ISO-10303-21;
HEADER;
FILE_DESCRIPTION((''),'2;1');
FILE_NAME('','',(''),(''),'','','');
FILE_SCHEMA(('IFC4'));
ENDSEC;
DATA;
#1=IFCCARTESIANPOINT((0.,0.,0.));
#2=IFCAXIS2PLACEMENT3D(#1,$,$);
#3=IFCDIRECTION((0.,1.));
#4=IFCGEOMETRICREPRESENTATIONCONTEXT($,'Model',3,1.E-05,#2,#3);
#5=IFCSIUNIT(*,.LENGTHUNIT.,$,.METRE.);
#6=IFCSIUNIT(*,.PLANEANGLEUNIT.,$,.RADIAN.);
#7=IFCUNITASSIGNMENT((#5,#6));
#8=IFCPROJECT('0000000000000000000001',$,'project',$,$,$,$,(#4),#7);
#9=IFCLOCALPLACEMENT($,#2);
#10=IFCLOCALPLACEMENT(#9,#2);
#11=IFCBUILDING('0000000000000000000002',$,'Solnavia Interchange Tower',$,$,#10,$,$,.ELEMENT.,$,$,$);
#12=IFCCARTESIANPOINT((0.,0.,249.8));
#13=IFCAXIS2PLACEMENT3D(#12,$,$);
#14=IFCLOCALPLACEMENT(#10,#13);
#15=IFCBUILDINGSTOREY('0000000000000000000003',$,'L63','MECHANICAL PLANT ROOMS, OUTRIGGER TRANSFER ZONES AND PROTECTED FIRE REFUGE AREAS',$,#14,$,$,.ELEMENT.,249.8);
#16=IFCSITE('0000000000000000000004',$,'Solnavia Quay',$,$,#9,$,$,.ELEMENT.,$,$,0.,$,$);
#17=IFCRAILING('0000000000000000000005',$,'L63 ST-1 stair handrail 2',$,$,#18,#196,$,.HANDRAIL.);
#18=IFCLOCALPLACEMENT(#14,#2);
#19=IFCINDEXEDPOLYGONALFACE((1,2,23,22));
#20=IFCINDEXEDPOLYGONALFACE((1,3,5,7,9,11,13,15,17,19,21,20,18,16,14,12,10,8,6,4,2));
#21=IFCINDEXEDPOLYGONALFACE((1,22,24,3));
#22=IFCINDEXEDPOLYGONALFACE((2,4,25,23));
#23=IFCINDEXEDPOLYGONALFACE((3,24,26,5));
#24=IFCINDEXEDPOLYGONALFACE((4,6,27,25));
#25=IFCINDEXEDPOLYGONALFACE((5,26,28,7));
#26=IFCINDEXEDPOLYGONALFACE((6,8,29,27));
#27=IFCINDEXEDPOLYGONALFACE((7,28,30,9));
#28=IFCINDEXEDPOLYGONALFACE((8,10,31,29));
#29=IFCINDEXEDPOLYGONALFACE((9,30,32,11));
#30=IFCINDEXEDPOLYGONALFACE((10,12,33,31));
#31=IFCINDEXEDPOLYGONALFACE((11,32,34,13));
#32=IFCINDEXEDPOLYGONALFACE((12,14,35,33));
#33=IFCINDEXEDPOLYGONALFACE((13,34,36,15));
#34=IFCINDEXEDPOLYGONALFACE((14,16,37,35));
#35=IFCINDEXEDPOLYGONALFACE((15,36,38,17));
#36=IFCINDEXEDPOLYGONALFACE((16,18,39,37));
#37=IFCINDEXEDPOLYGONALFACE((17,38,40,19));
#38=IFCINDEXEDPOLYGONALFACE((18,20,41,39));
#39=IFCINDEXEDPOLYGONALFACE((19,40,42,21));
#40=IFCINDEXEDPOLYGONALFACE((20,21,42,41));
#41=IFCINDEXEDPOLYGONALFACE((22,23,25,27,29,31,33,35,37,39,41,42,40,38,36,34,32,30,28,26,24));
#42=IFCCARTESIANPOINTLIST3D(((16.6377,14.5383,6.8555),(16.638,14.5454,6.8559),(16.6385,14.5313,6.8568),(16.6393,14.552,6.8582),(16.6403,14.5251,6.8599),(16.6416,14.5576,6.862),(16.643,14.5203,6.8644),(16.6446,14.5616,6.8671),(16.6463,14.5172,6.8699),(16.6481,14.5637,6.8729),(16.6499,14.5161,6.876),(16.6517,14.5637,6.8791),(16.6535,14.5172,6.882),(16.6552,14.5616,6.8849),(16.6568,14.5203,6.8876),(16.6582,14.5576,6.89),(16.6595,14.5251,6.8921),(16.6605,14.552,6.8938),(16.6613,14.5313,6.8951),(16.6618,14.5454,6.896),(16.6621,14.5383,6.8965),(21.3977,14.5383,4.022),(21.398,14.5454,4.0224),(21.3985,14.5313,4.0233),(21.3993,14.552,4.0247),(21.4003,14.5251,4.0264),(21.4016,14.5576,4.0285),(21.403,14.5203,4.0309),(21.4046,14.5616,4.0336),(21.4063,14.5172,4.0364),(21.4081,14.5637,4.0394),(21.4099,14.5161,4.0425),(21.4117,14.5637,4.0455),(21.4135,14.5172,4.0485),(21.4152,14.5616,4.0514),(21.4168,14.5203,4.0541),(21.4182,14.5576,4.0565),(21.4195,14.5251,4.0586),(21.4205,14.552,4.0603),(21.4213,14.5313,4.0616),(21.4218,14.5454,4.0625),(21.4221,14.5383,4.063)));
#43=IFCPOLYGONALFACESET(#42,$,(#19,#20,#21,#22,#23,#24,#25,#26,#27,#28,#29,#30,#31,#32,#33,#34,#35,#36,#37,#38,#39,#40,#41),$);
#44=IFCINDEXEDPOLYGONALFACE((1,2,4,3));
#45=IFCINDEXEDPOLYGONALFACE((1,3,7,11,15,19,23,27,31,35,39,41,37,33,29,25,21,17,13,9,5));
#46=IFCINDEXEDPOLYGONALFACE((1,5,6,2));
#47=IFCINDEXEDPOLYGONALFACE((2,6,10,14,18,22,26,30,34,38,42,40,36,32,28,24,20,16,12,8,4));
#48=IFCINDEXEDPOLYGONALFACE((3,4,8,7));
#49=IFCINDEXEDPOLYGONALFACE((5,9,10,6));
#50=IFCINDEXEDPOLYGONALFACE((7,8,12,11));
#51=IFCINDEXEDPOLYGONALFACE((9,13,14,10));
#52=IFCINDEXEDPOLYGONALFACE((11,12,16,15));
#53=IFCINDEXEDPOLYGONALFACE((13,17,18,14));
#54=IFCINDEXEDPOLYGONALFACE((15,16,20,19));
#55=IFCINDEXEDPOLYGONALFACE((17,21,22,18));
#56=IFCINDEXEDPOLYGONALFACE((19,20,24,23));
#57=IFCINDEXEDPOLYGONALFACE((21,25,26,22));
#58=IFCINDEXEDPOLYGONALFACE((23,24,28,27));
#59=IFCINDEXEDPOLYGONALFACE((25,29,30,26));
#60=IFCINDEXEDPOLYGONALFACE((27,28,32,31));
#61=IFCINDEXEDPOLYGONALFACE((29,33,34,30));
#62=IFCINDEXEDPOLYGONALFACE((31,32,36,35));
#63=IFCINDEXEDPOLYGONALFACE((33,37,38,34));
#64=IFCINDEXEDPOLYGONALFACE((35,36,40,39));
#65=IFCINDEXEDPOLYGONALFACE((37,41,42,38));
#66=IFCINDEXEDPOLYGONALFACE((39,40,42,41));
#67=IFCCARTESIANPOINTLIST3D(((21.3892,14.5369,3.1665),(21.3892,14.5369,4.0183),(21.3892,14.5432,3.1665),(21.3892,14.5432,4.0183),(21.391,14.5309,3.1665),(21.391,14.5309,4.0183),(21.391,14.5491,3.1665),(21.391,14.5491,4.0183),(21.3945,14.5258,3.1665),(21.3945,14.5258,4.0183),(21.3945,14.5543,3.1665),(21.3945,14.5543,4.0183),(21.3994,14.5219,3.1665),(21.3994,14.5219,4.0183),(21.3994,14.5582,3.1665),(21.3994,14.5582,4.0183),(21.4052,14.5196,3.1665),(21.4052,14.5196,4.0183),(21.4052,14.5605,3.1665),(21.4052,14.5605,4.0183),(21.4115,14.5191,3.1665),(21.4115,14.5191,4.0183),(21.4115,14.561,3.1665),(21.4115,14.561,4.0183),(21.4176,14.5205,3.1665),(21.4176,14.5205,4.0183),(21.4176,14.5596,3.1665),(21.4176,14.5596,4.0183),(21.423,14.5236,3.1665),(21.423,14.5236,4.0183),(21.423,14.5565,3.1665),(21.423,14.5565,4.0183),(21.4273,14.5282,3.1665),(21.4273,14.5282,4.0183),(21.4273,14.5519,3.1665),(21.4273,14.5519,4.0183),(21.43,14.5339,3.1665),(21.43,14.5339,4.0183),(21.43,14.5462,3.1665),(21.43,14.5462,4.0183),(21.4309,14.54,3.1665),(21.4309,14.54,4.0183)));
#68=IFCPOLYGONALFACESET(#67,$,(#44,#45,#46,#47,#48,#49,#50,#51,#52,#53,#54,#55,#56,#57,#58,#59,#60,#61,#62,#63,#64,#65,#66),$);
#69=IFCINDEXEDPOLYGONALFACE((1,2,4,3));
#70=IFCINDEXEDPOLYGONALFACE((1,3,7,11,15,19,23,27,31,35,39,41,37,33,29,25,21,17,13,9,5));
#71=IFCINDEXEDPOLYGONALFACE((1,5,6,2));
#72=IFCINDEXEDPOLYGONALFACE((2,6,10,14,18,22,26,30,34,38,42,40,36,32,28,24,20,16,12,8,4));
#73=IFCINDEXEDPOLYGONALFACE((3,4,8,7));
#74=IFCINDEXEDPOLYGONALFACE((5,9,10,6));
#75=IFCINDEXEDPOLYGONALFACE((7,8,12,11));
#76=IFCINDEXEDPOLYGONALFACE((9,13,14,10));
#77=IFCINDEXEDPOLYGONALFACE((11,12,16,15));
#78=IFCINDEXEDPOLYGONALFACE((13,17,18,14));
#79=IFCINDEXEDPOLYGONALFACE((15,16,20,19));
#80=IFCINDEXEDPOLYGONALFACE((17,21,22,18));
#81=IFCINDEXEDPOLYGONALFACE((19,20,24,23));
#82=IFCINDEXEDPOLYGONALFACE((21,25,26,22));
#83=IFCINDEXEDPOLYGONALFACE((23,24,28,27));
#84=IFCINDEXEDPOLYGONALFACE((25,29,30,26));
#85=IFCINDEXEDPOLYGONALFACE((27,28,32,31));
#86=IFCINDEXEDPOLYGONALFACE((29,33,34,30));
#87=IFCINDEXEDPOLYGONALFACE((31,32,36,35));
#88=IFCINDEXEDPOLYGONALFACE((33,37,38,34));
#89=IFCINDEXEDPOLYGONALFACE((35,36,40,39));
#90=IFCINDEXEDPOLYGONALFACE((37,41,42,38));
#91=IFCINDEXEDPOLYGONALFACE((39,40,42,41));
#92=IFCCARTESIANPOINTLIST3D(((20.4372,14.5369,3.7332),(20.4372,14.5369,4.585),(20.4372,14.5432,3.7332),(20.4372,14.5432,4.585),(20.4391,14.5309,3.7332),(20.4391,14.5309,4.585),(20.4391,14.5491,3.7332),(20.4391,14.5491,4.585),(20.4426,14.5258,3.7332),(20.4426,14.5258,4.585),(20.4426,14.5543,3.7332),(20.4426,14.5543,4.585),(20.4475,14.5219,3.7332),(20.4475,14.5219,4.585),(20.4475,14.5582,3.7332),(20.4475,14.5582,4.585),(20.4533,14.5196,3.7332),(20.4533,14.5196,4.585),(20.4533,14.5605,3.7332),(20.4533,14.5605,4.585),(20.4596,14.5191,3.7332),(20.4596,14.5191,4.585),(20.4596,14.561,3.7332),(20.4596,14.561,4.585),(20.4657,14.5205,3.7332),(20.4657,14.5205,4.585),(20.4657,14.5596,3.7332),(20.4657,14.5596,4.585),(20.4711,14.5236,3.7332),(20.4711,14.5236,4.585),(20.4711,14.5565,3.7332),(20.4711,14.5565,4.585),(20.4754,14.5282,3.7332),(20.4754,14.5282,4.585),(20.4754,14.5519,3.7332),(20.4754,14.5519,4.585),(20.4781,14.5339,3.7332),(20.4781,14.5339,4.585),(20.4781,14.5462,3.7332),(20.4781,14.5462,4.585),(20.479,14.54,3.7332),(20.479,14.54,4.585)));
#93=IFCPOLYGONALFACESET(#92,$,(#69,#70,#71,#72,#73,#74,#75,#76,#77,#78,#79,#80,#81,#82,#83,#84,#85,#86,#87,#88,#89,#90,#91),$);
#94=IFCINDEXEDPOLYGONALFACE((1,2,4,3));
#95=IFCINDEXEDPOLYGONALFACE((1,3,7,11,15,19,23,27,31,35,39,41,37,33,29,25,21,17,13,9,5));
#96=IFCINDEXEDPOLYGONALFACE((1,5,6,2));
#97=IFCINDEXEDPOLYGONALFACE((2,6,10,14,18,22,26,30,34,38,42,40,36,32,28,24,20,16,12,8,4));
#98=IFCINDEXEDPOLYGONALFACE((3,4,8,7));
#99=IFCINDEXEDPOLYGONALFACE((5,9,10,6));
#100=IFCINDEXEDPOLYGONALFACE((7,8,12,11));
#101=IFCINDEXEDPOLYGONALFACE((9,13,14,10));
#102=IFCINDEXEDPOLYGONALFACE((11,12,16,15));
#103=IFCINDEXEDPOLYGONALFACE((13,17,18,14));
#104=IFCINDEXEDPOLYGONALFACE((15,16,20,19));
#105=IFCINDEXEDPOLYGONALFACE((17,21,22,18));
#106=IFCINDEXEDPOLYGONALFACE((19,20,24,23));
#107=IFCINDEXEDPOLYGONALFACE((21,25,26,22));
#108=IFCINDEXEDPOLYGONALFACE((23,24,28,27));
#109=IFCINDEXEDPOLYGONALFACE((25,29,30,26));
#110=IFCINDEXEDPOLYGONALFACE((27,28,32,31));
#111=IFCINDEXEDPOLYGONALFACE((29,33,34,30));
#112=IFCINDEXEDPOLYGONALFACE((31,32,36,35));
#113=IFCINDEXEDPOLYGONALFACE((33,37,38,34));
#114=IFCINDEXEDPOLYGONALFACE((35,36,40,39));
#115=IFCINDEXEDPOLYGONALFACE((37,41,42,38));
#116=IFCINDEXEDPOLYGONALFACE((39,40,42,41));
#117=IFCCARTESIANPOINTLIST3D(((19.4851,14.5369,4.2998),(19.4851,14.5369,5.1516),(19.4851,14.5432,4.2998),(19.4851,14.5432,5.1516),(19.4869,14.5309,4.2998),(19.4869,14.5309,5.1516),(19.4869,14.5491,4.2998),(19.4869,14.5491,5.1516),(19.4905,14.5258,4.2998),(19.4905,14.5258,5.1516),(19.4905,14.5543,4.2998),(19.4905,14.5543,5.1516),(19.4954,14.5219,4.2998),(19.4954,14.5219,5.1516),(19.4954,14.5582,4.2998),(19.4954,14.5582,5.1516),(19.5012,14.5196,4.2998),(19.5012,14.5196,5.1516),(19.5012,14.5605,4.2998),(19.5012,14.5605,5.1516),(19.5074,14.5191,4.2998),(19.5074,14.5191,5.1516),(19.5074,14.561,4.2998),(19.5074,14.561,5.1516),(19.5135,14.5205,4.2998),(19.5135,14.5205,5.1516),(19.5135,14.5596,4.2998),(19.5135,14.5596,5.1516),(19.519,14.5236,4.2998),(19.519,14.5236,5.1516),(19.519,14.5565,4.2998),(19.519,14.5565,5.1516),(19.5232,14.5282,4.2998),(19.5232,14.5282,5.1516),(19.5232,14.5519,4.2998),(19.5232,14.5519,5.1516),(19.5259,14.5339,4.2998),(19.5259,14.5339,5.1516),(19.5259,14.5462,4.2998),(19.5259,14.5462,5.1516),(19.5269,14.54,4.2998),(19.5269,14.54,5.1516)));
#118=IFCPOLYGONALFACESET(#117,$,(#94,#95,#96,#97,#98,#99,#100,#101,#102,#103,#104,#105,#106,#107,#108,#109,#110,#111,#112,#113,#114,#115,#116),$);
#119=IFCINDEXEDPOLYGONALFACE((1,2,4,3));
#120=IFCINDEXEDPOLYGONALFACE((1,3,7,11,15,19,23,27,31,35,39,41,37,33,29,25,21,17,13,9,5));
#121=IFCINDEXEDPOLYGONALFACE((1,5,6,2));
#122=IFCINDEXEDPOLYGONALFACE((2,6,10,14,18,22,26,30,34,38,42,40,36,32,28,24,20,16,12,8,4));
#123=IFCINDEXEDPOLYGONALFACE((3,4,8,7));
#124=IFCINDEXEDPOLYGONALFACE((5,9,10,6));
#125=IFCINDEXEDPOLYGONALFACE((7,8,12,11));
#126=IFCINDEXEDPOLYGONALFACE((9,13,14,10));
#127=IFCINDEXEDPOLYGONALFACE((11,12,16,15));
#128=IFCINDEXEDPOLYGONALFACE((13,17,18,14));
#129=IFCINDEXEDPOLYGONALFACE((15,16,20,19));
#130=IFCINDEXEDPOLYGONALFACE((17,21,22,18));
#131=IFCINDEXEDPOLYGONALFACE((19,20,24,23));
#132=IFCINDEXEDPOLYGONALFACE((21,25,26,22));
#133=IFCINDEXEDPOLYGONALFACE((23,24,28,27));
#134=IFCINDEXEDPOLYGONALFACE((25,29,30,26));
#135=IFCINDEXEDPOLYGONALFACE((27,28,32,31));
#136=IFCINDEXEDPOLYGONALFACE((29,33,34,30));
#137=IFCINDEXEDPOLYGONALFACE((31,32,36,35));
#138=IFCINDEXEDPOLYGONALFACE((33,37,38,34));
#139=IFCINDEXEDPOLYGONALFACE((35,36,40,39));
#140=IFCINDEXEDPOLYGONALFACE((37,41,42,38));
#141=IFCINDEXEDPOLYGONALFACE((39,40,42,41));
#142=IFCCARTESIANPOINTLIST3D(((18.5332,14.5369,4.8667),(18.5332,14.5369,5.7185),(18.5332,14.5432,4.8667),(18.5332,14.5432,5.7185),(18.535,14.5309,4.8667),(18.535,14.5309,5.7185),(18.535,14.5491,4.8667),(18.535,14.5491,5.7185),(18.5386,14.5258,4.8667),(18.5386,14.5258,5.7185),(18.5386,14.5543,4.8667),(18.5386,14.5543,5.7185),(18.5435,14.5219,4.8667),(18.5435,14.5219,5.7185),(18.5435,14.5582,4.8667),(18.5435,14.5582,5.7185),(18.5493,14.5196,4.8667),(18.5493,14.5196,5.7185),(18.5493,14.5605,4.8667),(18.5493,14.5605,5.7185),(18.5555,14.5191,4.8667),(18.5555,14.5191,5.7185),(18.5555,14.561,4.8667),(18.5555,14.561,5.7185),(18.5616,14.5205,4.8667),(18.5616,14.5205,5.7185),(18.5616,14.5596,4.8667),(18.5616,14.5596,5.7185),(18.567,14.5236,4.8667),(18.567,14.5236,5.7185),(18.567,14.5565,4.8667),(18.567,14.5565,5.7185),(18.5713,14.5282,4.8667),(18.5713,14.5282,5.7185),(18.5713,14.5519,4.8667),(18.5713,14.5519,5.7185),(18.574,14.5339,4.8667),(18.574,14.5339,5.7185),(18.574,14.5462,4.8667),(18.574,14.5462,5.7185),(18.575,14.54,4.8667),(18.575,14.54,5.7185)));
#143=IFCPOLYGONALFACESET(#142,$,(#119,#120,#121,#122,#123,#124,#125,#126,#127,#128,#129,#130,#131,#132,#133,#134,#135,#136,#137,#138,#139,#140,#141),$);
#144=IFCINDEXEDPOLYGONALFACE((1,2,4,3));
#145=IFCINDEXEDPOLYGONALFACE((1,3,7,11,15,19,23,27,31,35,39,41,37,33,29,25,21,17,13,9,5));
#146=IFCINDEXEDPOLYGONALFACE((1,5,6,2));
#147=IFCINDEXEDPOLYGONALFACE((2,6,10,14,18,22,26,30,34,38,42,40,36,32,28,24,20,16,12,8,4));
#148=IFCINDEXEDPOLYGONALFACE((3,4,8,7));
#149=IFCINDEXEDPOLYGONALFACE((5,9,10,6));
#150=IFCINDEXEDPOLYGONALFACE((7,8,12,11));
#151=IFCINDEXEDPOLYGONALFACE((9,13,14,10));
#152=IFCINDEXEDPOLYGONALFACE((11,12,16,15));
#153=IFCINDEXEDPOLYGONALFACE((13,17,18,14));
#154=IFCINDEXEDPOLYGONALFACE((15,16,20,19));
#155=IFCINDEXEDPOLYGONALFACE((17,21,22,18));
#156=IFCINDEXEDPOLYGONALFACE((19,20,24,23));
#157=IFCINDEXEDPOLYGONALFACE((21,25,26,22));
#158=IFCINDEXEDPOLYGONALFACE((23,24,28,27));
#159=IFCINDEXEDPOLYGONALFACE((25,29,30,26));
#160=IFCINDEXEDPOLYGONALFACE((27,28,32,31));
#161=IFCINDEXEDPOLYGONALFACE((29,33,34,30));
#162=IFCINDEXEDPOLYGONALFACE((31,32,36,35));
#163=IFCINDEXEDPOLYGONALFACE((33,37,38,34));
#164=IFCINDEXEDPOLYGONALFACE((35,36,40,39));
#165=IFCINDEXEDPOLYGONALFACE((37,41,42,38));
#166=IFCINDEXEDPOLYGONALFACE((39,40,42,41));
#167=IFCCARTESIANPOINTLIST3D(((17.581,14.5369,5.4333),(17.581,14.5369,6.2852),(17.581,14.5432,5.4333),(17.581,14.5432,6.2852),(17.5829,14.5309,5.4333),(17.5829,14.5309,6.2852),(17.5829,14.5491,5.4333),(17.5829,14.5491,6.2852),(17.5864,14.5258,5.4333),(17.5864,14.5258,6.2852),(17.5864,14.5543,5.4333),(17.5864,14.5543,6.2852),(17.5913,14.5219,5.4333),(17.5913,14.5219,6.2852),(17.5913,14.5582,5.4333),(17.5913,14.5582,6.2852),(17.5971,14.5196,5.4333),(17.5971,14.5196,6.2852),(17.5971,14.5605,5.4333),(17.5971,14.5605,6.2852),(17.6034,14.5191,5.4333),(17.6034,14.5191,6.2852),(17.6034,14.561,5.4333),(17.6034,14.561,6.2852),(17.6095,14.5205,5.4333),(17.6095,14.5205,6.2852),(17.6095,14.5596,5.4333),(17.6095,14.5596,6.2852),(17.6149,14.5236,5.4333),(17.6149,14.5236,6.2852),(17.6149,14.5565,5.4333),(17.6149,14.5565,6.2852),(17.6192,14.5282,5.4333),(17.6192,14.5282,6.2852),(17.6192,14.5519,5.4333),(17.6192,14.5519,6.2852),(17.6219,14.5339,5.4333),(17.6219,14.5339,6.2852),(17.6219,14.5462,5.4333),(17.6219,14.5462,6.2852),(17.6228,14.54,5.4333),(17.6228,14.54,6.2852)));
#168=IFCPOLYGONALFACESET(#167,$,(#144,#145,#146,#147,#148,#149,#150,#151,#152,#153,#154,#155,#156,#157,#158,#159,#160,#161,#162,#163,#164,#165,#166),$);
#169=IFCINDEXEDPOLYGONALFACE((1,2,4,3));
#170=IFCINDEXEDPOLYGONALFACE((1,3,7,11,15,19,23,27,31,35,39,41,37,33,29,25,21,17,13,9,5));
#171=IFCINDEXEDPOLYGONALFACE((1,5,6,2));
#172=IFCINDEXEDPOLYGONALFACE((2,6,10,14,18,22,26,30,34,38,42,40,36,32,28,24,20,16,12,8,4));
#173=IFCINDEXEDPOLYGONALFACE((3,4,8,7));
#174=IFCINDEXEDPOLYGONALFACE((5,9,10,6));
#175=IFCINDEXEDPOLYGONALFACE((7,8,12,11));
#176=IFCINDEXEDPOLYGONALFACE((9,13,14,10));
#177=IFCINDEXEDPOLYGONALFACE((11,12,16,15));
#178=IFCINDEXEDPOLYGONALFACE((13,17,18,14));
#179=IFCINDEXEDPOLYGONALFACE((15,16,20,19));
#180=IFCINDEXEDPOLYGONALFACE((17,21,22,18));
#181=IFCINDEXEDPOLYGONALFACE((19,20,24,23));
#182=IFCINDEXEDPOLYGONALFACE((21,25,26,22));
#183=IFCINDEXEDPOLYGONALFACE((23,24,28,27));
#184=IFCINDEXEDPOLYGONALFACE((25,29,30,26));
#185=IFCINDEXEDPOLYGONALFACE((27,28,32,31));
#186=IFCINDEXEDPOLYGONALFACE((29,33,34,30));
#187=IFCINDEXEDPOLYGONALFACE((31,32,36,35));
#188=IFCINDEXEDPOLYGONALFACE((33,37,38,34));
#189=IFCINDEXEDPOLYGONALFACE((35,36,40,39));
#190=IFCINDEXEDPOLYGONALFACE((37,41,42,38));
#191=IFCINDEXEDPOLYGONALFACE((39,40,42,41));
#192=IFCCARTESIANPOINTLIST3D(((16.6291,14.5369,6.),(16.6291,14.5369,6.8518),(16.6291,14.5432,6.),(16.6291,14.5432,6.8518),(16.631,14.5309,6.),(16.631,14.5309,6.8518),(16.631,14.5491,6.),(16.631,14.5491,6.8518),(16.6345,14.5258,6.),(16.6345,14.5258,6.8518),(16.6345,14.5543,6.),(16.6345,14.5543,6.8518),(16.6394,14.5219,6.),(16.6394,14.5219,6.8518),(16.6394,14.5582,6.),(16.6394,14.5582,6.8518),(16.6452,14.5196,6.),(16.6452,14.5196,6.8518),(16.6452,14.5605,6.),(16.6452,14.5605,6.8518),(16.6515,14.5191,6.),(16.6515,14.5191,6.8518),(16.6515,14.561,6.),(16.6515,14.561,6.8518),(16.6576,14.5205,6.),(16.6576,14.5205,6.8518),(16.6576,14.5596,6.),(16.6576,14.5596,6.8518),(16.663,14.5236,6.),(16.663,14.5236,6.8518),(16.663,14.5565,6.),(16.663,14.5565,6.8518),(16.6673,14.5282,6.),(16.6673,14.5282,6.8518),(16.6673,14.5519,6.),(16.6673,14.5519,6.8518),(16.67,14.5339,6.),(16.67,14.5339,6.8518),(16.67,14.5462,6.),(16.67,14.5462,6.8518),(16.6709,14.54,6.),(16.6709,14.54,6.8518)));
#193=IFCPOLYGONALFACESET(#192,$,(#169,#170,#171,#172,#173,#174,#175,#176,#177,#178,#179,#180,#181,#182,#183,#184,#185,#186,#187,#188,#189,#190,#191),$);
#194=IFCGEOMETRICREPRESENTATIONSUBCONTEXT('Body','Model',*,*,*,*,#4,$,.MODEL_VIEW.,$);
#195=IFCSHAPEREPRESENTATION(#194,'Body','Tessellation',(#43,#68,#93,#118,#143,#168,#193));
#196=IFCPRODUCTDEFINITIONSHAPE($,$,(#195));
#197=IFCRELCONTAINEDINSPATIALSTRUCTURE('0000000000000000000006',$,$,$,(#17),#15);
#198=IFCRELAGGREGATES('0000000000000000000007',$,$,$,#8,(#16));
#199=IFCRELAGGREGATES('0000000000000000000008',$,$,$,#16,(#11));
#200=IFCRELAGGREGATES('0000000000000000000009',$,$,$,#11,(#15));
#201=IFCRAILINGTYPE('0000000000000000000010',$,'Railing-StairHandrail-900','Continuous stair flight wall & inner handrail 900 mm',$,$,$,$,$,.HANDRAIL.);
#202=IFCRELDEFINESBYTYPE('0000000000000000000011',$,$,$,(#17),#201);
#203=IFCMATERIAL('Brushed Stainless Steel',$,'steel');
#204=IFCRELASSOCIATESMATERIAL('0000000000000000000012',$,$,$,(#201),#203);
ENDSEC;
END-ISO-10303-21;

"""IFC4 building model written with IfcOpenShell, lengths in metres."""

from ifc_helpers import new_model, si_unit, direction, frame, origin, origin_2d, place, context, subcontext, project, spatial, circle, extrude, material, type_object, element, save


model = new_model("IFC4")

# Units and contexts
model_context = context("Model", 3, precision=1e-05, world=origin(), true_north=direction((0.0, 1.0)))
body_context = subcontext(model_context, "Body", "Model", "MODEL_VIEW")
ifc_project = project(units=[si_unit("LENGTHUNIT", "METRE"), si_unit("PLANEANGLEUNIT", "RADIAN")], contexts=[model_context])

# Site, building, storey
site_placement = place(None, origin())
site = spatial("IfcSite", under=ifc_project, at=site_placement, Name="Solnavia Quay", CompositionType="ELEMENT", RefElevation=0.0)
building_placement = place(site_placement, origin())
building = spatial("IfcBuilding", under=site, at=building_placement, Name="Solnavia Interchange Tower", CompositionType="ELEMENT")
storey_placement = place(building_placement, frame((0.0, 0.0, 249.8)))
storey = spatial("IfcBuildingStorey", under=building, at=storey_placement, Name="L63", Description="MECHANICAL PLANT ROOMS, OUTRIGGER TRANSFER ZONES AND PROTECTED FIRE REFUGE AREAS", CompositionType="ELEMENT", Elevation=249.8)

# Railing
ifc_material_1 = material(Name="Brushed Stainless Steel", Category="steel")
railing_type_1 = type_object("IfcRailingType", Name="Railing-StairHandrail-900", Description="Continuous stair flight wall & inner handrail 900 mm", PredefinedType="HANDRAIL", material=ifc_material_1)
railing_1_placement = place(storey_placement, frame((21.4099, 14.54, 3.1665)))
element("IfcRailing", 1, at=railing_1_placement, inside=storey, type_object=railing_type_1, Name="L63 ST-1 stair handrail 2", PredefinedType="HANDRAIL", context=body_context, shape_type="SweptSolid", body=[
    extrude(circle(Radius=0.0239, at=origin_2d()), frame((0.0, 0.0, 0.876), z_axis=(-0.85928, 0.0, 0.511505), x_axis=(0.0, -1.0, 0.0)), (0.0, 0.0, 1.0), 5.5396),
    extrude(circle(Radius=0.021, at=origin_2d()), origin(), (0.0, 0.0, 1.0), 0.8518),
    extrude(circle(Radius=0.021, at=origin_2d()), frame((-0.9519, 0.0, 0.5667)), (0.0, 0.0, 1.0), 0.8518),
    extrude(circle(Radius=0.021, at=origin_2d()), frame((-1.9041, 0.0, 1.1333)), (0.0, 0.0, 1.0), 0.8518),
    extrude(circle(Radius=0.021, at=origin_2d()), frame((-2.856, 0.0, 1.7002)), (0.0, 0.0, 1.0), 0.8518),
    extrude(circle(Radius=0.021, at=origin_2d()), frame((-3.8081, 0.0, 2.2668)), (0.0, 0.0, 1.0), 0.8518),
    extrude(circle(Radius=0.021, at=origin_2d()), frame((-4.76, 0.0, 2.8335)), (0.0, 0.0, 1.0), 0.8518),
])

save(model, "model.ifc")
